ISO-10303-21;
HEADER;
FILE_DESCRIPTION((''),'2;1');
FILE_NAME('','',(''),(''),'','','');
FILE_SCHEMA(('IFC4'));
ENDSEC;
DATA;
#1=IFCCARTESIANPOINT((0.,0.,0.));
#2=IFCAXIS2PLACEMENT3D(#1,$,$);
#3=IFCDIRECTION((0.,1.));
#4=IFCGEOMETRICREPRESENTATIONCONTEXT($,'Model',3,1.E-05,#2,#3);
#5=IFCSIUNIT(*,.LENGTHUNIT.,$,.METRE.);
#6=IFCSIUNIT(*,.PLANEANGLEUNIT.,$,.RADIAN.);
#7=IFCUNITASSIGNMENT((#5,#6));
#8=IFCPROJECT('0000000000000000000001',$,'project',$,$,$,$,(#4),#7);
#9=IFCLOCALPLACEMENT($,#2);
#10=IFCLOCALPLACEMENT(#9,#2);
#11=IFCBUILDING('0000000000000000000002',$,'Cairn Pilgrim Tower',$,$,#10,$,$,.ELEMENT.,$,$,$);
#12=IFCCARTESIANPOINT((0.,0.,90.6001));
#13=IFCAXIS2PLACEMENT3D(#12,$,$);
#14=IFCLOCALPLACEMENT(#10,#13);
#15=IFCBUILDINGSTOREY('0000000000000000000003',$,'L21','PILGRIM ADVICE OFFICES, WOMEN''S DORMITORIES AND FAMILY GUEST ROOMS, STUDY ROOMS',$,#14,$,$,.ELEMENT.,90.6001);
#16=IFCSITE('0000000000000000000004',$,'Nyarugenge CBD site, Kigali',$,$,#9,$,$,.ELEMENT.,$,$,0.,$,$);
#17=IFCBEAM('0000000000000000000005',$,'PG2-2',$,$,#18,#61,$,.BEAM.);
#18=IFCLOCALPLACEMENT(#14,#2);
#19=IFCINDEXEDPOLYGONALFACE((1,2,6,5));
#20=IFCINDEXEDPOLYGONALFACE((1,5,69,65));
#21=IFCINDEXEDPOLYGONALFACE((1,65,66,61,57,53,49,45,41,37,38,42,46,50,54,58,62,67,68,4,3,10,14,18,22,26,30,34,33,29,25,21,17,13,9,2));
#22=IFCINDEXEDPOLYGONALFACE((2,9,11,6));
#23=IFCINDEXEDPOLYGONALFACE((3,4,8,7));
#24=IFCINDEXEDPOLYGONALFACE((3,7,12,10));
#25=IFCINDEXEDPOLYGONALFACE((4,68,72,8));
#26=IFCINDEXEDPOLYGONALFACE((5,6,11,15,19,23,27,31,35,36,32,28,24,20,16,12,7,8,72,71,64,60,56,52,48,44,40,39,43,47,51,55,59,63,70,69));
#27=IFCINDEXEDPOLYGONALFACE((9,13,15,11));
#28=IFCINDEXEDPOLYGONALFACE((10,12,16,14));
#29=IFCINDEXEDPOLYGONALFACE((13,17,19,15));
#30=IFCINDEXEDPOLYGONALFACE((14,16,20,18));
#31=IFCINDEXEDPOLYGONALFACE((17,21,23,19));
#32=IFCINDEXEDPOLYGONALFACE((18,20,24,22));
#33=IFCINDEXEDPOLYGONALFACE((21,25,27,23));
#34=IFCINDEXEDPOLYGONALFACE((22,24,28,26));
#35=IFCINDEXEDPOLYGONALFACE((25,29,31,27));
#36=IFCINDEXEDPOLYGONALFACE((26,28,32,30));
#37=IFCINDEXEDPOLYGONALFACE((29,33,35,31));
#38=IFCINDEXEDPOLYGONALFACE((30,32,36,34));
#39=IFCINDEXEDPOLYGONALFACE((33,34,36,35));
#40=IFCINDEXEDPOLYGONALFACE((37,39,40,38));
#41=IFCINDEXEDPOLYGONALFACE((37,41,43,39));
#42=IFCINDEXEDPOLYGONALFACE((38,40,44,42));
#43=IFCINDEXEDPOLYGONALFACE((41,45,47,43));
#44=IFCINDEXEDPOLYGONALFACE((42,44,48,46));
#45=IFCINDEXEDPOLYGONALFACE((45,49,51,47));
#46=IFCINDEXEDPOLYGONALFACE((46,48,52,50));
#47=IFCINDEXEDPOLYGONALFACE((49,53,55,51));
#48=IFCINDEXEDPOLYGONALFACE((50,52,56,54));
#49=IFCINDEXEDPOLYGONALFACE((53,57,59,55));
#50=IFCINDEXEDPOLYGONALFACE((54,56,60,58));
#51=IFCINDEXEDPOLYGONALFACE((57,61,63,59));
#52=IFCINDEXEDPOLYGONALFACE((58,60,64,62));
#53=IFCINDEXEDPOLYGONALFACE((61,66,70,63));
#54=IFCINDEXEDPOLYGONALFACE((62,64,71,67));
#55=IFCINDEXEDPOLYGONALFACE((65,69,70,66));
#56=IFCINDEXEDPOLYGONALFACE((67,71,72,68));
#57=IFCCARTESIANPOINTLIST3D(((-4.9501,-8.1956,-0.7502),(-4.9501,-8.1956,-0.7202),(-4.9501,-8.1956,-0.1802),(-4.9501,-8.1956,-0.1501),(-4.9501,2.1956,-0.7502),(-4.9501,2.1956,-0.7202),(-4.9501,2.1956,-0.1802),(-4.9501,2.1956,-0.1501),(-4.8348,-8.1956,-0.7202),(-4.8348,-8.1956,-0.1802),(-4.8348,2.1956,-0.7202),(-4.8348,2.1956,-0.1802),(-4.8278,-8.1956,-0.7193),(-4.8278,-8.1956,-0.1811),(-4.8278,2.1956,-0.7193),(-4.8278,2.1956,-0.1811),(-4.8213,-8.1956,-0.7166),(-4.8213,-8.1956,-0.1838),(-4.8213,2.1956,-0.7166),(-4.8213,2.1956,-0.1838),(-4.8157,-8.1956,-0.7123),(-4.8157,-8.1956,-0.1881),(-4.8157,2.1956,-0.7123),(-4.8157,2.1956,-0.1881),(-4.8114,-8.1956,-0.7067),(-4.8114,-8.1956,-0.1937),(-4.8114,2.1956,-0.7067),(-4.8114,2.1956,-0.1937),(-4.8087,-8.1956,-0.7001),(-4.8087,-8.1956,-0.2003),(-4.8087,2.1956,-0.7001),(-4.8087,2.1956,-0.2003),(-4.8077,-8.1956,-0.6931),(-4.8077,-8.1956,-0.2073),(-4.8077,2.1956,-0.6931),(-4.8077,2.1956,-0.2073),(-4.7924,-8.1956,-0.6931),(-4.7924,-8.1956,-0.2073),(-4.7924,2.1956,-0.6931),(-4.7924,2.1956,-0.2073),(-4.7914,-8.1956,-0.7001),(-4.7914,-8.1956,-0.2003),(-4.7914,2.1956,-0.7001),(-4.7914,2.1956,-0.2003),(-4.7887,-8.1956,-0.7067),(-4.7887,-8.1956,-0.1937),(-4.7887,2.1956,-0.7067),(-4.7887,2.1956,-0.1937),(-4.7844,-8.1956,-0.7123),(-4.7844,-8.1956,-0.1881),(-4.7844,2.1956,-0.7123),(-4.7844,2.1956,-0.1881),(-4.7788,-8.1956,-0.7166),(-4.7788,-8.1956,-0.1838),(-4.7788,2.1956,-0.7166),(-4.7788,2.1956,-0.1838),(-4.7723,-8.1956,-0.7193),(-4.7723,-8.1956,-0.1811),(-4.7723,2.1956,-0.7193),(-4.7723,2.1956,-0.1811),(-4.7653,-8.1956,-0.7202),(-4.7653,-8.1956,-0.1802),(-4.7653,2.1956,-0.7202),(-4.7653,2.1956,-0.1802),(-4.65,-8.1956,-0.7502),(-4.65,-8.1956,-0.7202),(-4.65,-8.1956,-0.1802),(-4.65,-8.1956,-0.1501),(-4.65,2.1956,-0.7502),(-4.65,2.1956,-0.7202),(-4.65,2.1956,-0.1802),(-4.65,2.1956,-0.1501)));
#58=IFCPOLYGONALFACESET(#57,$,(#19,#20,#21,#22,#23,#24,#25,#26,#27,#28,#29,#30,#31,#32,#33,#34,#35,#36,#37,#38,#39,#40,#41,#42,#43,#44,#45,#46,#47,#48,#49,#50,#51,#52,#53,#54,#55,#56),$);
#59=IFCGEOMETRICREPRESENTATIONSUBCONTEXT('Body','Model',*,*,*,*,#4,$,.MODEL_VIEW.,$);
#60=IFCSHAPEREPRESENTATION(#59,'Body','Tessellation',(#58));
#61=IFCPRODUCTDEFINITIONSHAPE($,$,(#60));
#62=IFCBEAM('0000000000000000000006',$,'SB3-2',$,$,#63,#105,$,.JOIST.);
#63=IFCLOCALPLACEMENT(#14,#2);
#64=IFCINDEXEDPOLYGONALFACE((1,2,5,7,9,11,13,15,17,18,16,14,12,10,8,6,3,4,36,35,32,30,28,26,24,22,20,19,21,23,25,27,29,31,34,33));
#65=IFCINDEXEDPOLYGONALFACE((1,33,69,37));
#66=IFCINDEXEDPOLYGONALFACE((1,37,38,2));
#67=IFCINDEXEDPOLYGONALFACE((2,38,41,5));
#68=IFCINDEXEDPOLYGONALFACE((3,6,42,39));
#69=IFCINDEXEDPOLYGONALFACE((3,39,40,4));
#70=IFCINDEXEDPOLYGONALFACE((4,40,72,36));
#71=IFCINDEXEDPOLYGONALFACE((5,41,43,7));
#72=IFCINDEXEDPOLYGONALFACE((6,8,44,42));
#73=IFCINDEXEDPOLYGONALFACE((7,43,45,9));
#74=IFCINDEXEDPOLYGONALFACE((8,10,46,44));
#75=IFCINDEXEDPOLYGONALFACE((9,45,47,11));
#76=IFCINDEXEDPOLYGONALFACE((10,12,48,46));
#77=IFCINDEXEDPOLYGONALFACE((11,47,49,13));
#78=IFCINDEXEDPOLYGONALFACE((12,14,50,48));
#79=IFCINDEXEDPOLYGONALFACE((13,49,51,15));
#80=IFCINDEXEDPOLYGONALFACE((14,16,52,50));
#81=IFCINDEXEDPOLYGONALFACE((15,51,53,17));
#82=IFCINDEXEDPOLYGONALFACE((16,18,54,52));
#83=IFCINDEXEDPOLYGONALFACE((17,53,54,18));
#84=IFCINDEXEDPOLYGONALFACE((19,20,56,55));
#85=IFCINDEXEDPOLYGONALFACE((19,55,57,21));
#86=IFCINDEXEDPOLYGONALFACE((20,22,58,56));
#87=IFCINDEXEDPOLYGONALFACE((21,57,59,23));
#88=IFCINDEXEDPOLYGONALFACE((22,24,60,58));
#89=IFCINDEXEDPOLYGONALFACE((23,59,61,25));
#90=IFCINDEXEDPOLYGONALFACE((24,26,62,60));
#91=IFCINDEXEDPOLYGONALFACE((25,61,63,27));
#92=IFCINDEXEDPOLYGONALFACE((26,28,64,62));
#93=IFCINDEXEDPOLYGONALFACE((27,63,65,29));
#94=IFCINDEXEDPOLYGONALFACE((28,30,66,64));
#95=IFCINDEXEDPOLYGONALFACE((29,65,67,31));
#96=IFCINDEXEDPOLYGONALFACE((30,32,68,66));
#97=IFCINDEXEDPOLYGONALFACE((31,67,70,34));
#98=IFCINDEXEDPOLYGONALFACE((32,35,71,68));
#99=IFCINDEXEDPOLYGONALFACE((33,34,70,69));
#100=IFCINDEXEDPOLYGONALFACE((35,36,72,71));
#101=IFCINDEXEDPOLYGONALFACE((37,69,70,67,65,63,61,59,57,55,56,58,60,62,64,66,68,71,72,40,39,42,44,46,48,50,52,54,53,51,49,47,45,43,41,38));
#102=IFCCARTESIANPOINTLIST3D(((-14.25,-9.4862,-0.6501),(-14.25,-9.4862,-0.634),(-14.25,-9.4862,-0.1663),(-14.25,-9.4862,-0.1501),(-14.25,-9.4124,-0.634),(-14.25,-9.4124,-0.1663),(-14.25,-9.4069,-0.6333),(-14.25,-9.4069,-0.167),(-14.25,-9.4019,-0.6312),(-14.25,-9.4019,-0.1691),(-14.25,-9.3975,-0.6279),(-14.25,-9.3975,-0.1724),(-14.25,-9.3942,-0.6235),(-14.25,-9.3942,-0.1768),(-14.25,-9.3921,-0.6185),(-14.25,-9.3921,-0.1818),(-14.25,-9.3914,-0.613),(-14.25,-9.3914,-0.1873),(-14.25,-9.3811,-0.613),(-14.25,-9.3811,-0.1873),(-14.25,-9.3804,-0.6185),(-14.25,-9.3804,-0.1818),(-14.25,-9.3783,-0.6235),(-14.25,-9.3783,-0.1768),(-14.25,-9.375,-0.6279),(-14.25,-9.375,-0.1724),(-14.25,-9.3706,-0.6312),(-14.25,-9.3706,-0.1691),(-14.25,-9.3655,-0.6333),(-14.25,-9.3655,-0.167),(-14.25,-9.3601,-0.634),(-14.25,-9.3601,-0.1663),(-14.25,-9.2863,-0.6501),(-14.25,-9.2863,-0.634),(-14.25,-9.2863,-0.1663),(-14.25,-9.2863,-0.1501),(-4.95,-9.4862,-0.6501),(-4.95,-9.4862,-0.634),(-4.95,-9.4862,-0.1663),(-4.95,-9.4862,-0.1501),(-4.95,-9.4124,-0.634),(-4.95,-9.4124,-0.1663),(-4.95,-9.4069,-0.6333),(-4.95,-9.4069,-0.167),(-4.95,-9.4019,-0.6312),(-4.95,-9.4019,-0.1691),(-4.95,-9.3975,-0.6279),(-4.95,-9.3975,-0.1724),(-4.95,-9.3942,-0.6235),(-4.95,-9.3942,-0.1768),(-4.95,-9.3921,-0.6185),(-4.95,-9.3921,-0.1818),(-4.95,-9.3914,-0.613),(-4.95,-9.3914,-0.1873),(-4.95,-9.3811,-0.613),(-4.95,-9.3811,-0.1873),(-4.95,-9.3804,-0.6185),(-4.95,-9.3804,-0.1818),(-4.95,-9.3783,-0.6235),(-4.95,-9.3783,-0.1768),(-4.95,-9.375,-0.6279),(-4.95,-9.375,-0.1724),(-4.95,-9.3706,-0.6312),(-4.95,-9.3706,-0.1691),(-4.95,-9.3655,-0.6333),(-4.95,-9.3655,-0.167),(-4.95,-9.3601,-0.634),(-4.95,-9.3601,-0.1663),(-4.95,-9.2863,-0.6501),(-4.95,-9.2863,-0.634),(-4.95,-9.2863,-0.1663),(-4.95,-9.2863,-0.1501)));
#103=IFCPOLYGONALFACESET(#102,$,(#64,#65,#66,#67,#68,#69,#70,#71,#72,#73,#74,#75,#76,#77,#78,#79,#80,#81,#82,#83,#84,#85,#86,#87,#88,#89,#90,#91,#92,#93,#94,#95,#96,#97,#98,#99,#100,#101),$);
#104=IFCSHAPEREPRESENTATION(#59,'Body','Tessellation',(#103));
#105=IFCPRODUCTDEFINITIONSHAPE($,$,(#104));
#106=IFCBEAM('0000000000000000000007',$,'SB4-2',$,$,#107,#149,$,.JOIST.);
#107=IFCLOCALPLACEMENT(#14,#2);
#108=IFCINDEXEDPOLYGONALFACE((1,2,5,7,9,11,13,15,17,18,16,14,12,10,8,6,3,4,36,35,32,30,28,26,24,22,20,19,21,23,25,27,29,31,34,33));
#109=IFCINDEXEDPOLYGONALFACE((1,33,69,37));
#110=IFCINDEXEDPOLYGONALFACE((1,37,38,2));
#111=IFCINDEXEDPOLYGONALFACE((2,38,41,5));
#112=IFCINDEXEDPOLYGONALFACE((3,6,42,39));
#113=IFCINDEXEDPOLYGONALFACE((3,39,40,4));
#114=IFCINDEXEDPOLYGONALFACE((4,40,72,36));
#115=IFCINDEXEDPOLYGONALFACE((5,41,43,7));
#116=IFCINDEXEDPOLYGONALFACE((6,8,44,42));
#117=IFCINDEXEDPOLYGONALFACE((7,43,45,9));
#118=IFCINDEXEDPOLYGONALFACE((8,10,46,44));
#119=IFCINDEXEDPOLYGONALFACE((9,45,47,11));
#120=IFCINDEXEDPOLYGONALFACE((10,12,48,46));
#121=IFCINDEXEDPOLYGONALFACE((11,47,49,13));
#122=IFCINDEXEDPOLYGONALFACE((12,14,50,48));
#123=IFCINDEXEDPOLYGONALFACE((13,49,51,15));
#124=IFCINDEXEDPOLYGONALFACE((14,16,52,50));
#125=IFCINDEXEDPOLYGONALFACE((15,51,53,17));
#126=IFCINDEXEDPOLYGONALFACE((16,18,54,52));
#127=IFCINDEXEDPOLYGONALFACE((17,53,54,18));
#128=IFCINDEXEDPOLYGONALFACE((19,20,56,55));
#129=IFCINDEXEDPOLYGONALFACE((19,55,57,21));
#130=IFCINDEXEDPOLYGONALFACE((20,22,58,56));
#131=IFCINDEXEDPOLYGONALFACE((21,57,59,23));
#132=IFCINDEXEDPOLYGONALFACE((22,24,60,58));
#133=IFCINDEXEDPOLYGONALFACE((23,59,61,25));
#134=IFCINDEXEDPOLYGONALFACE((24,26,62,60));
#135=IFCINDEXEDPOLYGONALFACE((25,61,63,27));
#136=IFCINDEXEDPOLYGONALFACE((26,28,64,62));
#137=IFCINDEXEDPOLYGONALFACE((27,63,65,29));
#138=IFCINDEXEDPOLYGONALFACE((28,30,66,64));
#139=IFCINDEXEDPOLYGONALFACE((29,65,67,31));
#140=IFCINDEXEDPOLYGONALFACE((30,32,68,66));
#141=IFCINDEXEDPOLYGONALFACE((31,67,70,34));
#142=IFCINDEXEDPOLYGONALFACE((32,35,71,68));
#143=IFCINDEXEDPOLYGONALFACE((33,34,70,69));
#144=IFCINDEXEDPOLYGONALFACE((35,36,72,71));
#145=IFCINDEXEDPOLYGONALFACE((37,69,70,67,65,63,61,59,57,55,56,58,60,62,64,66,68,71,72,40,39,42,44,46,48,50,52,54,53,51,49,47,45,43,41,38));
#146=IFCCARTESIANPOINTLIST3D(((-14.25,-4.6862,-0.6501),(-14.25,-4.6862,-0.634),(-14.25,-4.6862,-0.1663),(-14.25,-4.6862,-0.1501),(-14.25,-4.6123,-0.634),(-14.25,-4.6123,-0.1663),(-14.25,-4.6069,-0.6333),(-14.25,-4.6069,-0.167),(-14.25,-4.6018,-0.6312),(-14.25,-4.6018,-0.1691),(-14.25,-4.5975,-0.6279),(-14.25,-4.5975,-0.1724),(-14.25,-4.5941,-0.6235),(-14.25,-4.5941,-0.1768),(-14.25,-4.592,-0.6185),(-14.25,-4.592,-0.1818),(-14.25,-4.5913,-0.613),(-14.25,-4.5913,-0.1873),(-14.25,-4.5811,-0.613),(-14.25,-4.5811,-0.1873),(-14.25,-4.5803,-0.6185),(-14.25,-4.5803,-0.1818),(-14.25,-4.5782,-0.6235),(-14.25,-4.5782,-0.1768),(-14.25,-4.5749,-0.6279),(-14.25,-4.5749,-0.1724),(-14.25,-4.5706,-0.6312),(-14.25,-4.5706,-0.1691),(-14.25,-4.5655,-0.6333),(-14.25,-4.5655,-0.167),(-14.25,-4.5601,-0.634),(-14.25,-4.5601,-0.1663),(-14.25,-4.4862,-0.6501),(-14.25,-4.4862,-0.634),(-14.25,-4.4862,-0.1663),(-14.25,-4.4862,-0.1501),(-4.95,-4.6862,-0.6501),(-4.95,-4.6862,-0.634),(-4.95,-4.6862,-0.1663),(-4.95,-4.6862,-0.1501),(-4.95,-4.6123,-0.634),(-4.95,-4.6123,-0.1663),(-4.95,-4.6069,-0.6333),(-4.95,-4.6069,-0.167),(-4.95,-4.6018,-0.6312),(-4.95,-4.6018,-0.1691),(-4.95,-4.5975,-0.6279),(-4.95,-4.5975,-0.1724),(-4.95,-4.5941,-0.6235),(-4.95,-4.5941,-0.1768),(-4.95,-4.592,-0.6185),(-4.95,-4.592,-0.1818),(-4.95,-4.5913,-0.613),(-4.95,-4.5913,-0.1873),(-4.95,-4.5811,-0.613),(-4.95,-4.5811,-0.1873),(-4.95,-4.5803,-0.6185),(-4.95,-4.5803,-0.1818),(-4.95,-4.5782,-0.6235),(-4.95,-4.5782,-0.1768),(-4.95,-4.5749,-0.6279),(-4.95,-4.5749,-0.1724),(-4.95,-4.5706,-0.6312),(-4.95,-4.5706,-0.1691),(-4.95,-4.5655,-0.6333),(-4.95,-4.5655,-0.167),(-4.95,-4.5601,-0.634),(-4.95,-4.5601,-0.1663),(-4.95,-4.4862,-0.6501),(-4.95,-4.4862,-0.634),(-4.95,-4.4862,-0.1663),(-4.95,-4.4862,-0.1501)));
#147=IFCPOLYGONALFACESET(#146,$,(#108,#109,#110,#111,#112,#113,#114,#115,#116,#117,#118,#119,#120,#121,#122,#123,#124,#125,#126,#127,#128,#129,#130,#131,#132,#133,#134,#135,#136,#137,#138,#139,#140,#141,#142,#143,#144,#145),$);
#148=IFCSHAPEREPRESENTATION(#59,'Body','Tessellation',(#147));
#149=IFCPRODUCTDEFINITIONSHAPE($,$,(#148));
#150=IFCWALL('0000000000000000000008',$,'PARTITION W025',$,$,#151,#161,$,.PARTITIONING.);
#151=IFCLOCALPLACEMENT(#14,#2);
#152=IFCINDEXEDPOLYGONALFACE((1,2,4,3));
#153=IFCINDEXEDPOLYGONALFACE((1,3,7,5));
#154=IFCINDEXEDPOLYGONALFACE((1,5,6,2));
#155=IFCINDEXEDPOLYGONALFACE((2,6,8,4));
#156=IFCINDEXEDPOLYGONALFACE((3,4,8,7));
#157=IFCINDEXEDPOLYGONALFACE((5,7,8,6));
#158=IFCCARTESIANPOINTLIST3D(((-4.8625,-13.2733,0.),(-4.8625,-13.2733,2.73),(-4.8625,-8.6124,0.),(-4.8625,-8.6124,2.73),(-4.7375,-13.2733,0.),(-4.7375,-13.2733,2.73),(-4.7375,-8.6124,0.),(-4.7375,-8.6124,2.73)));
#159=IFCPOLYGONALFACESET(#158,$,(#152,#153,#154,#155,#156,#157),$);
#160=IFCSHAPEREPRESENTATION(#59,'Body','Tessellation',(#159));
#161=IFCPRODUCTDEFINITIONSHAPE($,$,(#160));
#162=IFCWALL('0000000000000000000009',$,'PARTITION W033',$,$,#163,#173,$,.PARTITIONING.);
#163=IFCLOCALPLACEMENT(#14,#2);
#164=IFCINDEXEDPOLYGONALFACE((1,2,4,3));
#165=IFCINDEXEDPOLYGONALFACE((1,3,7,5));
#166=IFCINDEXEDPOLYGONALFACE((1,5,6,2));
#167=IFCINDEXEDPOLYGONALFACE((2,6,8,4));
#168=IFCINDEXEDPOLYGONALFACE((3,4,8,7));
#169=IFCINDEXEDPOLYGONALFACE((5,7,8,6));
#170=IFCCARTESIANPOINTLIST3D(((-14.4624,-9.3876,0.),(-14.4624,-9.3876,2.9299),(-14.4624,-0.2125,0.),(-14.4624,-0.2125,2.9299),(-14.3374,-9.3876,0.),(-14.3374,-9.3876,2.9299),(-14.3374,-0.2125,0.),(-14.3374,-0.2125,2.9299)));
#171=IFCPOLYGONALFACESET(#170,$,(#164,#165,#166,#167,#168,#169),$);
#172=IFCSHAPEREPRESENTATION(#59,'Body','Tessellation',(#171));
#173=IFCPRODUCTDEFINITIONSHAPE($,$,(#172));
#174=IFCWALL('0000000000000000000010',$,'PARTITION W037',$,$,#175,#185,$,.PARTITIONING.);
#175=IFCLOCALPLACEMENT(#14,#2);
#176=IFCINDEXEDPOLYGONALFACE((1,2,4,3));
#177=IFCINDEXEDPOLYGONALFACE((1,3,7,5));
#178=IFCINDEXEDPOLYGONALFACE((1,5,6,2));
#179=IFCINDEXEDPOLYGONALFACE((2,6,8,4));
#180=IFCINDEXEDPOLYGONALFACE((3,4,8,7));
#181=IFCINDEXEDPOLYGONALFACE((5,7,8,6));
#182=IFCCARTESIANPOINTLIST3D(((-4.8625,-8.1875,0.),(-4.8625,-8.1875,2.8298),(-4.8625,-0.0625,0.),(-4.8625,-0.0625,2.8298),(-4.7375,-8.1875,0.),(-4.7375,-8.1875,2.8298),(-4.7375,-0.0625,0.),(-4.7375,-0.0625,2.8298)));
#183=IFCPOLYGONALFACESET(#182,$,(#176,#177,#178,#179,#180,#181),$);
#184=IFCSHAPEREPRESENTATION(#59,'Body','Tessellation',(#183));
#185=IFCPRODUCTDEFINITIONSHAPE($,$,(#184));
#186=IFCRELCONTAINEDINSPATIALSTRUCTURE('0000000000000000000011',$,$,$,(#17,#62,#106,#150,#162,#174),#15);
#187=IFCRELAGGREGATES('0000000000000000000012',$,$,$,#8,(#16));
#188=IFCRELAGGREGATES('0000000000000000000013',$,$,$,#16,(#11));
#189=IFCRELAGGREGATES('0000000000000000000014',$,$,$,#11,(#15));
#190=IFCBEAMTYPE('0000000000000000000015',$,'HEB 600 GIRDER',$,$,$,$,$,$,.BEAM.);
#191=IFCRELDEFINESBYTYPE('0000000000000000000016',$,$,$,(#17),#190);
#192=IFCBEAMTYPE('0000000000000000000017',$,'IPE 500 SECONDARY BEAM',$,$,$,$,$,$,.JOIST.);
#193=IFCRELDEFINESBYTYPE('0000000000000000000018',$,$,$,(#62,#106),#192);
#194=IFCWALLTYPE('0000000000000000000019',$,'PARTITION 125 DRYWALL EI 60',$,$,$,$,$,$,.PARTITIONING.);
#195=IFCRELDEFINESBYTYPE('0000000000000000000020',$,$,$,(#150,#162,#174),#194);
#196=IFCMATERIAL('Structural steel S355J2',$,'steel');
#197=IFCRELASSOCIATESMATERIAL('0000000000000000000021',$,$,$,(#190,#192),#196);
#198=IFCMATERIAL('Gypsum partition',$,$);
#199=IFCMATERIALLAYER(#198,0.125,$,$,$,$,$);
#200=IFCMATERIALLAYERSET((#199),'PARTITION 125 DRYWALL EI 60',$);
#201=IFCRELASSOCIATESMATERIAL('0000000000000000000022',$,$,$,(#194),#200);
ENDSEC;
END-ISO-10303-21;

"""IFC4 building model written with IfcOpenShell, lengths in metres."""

from ifc_helpers import new_model, si_unit, direction, frame, frame_2d, origin, origin_2d, place, context, subcontext, project, spatial, rectangle, i_section, extrude, material, layer, layer_set, material_profile, profile_set, type_object, element, save


model = new_model("IFC4")

# Units and contexts
model_context = context("Model", 3, precision=1e-05, world=origin(), true_north=direction((0.0, 1.0)))
body_context = subcontext(model_context, "Body", "Model", "MODEL_VIEW")
ifc_project = project(units=[si_unit("LENGTHUNIT", "METRE"), si_unit("PLANEANGLEUNIT", "RADIAN")], contexts=[model_context])

# Site, building, storey
site_placement = place(None, origin())
site = spatial("IfcSite", under=ifc_project, at=site_placement, Name="Nyarugenge CBD site, Kigali", CompositionType="ELEMENT", RefElevation=0.0)
building_placement = place(site_placement, origin())
building = spatial("IfcBuilding", under=site, at=building_placement, Name="Cairn Pilgrim Tower", CompositionType="ELEMENT")
storey_placement = place(building_placement, frame((0.0, 0.0, 90.6001)))
storey = spatial("IfcBuildingStorey", under=building, at=storey_placement, Name="L21", Description="PILGRIM ADVICE OFFICES, WOMEN'S DORMITORIES AND FAMILY GUEST ROOMS, STUDY ROOMS", CompositionType="ELEMENT", Elevation=90.6001)

# Beams
ifc_material_1 = material(Name="Structural steel S355J2", Category="steel")
ifc_material_profile_1 = material_profile(ifc_material_1, i_section(OverallWidth=0.3, OverallDepth=0.6001, WebThickness=0.0154, FlangeThickness=0.03, FilletRadius=0.0271, at=origin_2d()), Name="HEB 600")
ifc_profile_set_1 = profile_set([ifc_material_profile_1], Name="Structural steel S355J2")
beam_type_1 = type_object("IfcBeamType", Name="HEB 600 GIRDER", PredefinedType="BEAM", material=ifc_profile_set_1)
beam_1_placement = place(storey_placement, frame((-4.8, -8.1956, -0.4502), z_axis=(0.0, 1.0, 0.0), x_axis=(-1.0, 0.0, 0.0)))
element("IfcBeam", 1, at=beam_1_placement, inside=storey, type_object=beam_type_1, Name="PG2-2", PredefinedType="BEAM", context=body_context, shape_type="SweptSolid", body=[
    extrude(i_section(OverallWidth=0.3, OverallDepth=0.6001, WebThickness=0.0154, FlangeThickness=0.03, FilletRadius=0.0271, at=origin_2d()), origin(), (0.0, 0.0, 1.0), 10.3911),
])
ifc_material_profile_2 = material_profile(ifc_material_1, i_section(OverallWidth=0.2, OverallDepth=0.5, WebThickness=0.0103, FlangeThickness=0.0161, FilletRadius=0.021, at=origin_2d()), Name="IPE 500")
ifc_profile_set_2 = profile_set([ifc_material_profile_2], Name="Structural steel S355J2")
beam_type_2 = type_object("IfcBeamType", Name="IPE 500 SECONDARY BEAM", PredefinedType="JOIST", material=ifc_profile_set_2)
for number, where, z_axis, x_axis, name in (
    (2, (-14.25, -9.3862, -0.4001), (1.0, 0.0, 0.0), (0.0, 1.0, 0.0), "SB3-2"),
    (3, (-14.25, -4.5862, -0.4001), (1.0, 0.0, 0.0), (0.0, 1.0, 0.0), "SB4-2"),
):
    element("IfcBeam", number, at=place(storey_placement, frame(where, z_axis=z_axis, x_axis=x_axis)), inside=storey, type_object=beam_type_2, Name=name, PredefinedType="JOIST", context=body_context, shape_type="SweptSolid", body=[
        extrude(i_section(OverallWidth=0.2, OverallDepth=0.5, WebThickness=0.0103, FlangeThickness=0.0161, FilletRadius=0.021, at=origin_2d()), origin(), (0.0, 0.0, 1.0), 9.3),
    ])

# Walls
ifc_material_2 = material(Name="Gypsum partition")
ifc_layer_1 = layer(ifc_material_2, 0.125)
ifc_layer_set_1 = layer_set([ifc_layer_1], Name="PARTITION 125 DRYWALL EI 60")
wall_type_1 = type_object("IfcWallType", Name="PARTITION 125 DRYWALL EI 60", PredefinedType="PARTITIONING", material=ifc_layer_set_1)
wall_1_placement = place(storey_placement, frame((-4.8, -13.2734, 0.0), z_axis=(0.0, 0.0, 1.0), x_axis=(0.0, 1.0, 0.0)))
element("IfcWall", 4, at=wall_1_placement, inside=storey, type_object=wall_type_1, Name="PARTITION W025", PredefinedType="PARTITIONING", context=body_context, shape_type="SweptSolid", body=[
    extrude(rectangle(XDim=4.6609, YDim=0.125, at=frame_2d((2.3306, 0.0))), origin(), (0.0, 0.0, 1.0), 2.73),
])
wall_2_placement = place(storey_placement, frame((-14.3999, -9.3875, 0.0), z_axis=(0.0, 0.0, 1.0), x_axis=(0.0, 1.0, 0.0)))
element("IfcWall", 5, at=wall_2_placement, inside=storey, type_object=wall_type_1, Name="PARTITION W033", PredefinedType="PARTITIONING", context=body_context, shape_type="SweptSolid", body=[
    extrude(rectangle(XDim=9.175, YDim=0.125, at=frame_2d((4.5874, 0.0))), origin(), (0.0, 0.0, 1.0), 2.9299),
])
wall_3_placement = place(storey_placement, frame((-4.8, -8.1875, 0.0), z_axis=(0.0, 0.0, 1.0), x_axis=(0.0, 1.0, 0.0)))
element("IfcWall", 6, at=wall_3_placement, inside=storey, type_object=wall_type_1, Name="PARTITION W037", PredefinedType="PARTITIONING", context=body_context, shape_type="SweptSolid", body=[
    extrude(rectangle(XDim=8.125, YDim=0.125, at=frame_2d((4.0625, 0.0))), origin(), (0.0, 0.0, 1.0), 2.8298),
])

save(model, "model.ifc")
